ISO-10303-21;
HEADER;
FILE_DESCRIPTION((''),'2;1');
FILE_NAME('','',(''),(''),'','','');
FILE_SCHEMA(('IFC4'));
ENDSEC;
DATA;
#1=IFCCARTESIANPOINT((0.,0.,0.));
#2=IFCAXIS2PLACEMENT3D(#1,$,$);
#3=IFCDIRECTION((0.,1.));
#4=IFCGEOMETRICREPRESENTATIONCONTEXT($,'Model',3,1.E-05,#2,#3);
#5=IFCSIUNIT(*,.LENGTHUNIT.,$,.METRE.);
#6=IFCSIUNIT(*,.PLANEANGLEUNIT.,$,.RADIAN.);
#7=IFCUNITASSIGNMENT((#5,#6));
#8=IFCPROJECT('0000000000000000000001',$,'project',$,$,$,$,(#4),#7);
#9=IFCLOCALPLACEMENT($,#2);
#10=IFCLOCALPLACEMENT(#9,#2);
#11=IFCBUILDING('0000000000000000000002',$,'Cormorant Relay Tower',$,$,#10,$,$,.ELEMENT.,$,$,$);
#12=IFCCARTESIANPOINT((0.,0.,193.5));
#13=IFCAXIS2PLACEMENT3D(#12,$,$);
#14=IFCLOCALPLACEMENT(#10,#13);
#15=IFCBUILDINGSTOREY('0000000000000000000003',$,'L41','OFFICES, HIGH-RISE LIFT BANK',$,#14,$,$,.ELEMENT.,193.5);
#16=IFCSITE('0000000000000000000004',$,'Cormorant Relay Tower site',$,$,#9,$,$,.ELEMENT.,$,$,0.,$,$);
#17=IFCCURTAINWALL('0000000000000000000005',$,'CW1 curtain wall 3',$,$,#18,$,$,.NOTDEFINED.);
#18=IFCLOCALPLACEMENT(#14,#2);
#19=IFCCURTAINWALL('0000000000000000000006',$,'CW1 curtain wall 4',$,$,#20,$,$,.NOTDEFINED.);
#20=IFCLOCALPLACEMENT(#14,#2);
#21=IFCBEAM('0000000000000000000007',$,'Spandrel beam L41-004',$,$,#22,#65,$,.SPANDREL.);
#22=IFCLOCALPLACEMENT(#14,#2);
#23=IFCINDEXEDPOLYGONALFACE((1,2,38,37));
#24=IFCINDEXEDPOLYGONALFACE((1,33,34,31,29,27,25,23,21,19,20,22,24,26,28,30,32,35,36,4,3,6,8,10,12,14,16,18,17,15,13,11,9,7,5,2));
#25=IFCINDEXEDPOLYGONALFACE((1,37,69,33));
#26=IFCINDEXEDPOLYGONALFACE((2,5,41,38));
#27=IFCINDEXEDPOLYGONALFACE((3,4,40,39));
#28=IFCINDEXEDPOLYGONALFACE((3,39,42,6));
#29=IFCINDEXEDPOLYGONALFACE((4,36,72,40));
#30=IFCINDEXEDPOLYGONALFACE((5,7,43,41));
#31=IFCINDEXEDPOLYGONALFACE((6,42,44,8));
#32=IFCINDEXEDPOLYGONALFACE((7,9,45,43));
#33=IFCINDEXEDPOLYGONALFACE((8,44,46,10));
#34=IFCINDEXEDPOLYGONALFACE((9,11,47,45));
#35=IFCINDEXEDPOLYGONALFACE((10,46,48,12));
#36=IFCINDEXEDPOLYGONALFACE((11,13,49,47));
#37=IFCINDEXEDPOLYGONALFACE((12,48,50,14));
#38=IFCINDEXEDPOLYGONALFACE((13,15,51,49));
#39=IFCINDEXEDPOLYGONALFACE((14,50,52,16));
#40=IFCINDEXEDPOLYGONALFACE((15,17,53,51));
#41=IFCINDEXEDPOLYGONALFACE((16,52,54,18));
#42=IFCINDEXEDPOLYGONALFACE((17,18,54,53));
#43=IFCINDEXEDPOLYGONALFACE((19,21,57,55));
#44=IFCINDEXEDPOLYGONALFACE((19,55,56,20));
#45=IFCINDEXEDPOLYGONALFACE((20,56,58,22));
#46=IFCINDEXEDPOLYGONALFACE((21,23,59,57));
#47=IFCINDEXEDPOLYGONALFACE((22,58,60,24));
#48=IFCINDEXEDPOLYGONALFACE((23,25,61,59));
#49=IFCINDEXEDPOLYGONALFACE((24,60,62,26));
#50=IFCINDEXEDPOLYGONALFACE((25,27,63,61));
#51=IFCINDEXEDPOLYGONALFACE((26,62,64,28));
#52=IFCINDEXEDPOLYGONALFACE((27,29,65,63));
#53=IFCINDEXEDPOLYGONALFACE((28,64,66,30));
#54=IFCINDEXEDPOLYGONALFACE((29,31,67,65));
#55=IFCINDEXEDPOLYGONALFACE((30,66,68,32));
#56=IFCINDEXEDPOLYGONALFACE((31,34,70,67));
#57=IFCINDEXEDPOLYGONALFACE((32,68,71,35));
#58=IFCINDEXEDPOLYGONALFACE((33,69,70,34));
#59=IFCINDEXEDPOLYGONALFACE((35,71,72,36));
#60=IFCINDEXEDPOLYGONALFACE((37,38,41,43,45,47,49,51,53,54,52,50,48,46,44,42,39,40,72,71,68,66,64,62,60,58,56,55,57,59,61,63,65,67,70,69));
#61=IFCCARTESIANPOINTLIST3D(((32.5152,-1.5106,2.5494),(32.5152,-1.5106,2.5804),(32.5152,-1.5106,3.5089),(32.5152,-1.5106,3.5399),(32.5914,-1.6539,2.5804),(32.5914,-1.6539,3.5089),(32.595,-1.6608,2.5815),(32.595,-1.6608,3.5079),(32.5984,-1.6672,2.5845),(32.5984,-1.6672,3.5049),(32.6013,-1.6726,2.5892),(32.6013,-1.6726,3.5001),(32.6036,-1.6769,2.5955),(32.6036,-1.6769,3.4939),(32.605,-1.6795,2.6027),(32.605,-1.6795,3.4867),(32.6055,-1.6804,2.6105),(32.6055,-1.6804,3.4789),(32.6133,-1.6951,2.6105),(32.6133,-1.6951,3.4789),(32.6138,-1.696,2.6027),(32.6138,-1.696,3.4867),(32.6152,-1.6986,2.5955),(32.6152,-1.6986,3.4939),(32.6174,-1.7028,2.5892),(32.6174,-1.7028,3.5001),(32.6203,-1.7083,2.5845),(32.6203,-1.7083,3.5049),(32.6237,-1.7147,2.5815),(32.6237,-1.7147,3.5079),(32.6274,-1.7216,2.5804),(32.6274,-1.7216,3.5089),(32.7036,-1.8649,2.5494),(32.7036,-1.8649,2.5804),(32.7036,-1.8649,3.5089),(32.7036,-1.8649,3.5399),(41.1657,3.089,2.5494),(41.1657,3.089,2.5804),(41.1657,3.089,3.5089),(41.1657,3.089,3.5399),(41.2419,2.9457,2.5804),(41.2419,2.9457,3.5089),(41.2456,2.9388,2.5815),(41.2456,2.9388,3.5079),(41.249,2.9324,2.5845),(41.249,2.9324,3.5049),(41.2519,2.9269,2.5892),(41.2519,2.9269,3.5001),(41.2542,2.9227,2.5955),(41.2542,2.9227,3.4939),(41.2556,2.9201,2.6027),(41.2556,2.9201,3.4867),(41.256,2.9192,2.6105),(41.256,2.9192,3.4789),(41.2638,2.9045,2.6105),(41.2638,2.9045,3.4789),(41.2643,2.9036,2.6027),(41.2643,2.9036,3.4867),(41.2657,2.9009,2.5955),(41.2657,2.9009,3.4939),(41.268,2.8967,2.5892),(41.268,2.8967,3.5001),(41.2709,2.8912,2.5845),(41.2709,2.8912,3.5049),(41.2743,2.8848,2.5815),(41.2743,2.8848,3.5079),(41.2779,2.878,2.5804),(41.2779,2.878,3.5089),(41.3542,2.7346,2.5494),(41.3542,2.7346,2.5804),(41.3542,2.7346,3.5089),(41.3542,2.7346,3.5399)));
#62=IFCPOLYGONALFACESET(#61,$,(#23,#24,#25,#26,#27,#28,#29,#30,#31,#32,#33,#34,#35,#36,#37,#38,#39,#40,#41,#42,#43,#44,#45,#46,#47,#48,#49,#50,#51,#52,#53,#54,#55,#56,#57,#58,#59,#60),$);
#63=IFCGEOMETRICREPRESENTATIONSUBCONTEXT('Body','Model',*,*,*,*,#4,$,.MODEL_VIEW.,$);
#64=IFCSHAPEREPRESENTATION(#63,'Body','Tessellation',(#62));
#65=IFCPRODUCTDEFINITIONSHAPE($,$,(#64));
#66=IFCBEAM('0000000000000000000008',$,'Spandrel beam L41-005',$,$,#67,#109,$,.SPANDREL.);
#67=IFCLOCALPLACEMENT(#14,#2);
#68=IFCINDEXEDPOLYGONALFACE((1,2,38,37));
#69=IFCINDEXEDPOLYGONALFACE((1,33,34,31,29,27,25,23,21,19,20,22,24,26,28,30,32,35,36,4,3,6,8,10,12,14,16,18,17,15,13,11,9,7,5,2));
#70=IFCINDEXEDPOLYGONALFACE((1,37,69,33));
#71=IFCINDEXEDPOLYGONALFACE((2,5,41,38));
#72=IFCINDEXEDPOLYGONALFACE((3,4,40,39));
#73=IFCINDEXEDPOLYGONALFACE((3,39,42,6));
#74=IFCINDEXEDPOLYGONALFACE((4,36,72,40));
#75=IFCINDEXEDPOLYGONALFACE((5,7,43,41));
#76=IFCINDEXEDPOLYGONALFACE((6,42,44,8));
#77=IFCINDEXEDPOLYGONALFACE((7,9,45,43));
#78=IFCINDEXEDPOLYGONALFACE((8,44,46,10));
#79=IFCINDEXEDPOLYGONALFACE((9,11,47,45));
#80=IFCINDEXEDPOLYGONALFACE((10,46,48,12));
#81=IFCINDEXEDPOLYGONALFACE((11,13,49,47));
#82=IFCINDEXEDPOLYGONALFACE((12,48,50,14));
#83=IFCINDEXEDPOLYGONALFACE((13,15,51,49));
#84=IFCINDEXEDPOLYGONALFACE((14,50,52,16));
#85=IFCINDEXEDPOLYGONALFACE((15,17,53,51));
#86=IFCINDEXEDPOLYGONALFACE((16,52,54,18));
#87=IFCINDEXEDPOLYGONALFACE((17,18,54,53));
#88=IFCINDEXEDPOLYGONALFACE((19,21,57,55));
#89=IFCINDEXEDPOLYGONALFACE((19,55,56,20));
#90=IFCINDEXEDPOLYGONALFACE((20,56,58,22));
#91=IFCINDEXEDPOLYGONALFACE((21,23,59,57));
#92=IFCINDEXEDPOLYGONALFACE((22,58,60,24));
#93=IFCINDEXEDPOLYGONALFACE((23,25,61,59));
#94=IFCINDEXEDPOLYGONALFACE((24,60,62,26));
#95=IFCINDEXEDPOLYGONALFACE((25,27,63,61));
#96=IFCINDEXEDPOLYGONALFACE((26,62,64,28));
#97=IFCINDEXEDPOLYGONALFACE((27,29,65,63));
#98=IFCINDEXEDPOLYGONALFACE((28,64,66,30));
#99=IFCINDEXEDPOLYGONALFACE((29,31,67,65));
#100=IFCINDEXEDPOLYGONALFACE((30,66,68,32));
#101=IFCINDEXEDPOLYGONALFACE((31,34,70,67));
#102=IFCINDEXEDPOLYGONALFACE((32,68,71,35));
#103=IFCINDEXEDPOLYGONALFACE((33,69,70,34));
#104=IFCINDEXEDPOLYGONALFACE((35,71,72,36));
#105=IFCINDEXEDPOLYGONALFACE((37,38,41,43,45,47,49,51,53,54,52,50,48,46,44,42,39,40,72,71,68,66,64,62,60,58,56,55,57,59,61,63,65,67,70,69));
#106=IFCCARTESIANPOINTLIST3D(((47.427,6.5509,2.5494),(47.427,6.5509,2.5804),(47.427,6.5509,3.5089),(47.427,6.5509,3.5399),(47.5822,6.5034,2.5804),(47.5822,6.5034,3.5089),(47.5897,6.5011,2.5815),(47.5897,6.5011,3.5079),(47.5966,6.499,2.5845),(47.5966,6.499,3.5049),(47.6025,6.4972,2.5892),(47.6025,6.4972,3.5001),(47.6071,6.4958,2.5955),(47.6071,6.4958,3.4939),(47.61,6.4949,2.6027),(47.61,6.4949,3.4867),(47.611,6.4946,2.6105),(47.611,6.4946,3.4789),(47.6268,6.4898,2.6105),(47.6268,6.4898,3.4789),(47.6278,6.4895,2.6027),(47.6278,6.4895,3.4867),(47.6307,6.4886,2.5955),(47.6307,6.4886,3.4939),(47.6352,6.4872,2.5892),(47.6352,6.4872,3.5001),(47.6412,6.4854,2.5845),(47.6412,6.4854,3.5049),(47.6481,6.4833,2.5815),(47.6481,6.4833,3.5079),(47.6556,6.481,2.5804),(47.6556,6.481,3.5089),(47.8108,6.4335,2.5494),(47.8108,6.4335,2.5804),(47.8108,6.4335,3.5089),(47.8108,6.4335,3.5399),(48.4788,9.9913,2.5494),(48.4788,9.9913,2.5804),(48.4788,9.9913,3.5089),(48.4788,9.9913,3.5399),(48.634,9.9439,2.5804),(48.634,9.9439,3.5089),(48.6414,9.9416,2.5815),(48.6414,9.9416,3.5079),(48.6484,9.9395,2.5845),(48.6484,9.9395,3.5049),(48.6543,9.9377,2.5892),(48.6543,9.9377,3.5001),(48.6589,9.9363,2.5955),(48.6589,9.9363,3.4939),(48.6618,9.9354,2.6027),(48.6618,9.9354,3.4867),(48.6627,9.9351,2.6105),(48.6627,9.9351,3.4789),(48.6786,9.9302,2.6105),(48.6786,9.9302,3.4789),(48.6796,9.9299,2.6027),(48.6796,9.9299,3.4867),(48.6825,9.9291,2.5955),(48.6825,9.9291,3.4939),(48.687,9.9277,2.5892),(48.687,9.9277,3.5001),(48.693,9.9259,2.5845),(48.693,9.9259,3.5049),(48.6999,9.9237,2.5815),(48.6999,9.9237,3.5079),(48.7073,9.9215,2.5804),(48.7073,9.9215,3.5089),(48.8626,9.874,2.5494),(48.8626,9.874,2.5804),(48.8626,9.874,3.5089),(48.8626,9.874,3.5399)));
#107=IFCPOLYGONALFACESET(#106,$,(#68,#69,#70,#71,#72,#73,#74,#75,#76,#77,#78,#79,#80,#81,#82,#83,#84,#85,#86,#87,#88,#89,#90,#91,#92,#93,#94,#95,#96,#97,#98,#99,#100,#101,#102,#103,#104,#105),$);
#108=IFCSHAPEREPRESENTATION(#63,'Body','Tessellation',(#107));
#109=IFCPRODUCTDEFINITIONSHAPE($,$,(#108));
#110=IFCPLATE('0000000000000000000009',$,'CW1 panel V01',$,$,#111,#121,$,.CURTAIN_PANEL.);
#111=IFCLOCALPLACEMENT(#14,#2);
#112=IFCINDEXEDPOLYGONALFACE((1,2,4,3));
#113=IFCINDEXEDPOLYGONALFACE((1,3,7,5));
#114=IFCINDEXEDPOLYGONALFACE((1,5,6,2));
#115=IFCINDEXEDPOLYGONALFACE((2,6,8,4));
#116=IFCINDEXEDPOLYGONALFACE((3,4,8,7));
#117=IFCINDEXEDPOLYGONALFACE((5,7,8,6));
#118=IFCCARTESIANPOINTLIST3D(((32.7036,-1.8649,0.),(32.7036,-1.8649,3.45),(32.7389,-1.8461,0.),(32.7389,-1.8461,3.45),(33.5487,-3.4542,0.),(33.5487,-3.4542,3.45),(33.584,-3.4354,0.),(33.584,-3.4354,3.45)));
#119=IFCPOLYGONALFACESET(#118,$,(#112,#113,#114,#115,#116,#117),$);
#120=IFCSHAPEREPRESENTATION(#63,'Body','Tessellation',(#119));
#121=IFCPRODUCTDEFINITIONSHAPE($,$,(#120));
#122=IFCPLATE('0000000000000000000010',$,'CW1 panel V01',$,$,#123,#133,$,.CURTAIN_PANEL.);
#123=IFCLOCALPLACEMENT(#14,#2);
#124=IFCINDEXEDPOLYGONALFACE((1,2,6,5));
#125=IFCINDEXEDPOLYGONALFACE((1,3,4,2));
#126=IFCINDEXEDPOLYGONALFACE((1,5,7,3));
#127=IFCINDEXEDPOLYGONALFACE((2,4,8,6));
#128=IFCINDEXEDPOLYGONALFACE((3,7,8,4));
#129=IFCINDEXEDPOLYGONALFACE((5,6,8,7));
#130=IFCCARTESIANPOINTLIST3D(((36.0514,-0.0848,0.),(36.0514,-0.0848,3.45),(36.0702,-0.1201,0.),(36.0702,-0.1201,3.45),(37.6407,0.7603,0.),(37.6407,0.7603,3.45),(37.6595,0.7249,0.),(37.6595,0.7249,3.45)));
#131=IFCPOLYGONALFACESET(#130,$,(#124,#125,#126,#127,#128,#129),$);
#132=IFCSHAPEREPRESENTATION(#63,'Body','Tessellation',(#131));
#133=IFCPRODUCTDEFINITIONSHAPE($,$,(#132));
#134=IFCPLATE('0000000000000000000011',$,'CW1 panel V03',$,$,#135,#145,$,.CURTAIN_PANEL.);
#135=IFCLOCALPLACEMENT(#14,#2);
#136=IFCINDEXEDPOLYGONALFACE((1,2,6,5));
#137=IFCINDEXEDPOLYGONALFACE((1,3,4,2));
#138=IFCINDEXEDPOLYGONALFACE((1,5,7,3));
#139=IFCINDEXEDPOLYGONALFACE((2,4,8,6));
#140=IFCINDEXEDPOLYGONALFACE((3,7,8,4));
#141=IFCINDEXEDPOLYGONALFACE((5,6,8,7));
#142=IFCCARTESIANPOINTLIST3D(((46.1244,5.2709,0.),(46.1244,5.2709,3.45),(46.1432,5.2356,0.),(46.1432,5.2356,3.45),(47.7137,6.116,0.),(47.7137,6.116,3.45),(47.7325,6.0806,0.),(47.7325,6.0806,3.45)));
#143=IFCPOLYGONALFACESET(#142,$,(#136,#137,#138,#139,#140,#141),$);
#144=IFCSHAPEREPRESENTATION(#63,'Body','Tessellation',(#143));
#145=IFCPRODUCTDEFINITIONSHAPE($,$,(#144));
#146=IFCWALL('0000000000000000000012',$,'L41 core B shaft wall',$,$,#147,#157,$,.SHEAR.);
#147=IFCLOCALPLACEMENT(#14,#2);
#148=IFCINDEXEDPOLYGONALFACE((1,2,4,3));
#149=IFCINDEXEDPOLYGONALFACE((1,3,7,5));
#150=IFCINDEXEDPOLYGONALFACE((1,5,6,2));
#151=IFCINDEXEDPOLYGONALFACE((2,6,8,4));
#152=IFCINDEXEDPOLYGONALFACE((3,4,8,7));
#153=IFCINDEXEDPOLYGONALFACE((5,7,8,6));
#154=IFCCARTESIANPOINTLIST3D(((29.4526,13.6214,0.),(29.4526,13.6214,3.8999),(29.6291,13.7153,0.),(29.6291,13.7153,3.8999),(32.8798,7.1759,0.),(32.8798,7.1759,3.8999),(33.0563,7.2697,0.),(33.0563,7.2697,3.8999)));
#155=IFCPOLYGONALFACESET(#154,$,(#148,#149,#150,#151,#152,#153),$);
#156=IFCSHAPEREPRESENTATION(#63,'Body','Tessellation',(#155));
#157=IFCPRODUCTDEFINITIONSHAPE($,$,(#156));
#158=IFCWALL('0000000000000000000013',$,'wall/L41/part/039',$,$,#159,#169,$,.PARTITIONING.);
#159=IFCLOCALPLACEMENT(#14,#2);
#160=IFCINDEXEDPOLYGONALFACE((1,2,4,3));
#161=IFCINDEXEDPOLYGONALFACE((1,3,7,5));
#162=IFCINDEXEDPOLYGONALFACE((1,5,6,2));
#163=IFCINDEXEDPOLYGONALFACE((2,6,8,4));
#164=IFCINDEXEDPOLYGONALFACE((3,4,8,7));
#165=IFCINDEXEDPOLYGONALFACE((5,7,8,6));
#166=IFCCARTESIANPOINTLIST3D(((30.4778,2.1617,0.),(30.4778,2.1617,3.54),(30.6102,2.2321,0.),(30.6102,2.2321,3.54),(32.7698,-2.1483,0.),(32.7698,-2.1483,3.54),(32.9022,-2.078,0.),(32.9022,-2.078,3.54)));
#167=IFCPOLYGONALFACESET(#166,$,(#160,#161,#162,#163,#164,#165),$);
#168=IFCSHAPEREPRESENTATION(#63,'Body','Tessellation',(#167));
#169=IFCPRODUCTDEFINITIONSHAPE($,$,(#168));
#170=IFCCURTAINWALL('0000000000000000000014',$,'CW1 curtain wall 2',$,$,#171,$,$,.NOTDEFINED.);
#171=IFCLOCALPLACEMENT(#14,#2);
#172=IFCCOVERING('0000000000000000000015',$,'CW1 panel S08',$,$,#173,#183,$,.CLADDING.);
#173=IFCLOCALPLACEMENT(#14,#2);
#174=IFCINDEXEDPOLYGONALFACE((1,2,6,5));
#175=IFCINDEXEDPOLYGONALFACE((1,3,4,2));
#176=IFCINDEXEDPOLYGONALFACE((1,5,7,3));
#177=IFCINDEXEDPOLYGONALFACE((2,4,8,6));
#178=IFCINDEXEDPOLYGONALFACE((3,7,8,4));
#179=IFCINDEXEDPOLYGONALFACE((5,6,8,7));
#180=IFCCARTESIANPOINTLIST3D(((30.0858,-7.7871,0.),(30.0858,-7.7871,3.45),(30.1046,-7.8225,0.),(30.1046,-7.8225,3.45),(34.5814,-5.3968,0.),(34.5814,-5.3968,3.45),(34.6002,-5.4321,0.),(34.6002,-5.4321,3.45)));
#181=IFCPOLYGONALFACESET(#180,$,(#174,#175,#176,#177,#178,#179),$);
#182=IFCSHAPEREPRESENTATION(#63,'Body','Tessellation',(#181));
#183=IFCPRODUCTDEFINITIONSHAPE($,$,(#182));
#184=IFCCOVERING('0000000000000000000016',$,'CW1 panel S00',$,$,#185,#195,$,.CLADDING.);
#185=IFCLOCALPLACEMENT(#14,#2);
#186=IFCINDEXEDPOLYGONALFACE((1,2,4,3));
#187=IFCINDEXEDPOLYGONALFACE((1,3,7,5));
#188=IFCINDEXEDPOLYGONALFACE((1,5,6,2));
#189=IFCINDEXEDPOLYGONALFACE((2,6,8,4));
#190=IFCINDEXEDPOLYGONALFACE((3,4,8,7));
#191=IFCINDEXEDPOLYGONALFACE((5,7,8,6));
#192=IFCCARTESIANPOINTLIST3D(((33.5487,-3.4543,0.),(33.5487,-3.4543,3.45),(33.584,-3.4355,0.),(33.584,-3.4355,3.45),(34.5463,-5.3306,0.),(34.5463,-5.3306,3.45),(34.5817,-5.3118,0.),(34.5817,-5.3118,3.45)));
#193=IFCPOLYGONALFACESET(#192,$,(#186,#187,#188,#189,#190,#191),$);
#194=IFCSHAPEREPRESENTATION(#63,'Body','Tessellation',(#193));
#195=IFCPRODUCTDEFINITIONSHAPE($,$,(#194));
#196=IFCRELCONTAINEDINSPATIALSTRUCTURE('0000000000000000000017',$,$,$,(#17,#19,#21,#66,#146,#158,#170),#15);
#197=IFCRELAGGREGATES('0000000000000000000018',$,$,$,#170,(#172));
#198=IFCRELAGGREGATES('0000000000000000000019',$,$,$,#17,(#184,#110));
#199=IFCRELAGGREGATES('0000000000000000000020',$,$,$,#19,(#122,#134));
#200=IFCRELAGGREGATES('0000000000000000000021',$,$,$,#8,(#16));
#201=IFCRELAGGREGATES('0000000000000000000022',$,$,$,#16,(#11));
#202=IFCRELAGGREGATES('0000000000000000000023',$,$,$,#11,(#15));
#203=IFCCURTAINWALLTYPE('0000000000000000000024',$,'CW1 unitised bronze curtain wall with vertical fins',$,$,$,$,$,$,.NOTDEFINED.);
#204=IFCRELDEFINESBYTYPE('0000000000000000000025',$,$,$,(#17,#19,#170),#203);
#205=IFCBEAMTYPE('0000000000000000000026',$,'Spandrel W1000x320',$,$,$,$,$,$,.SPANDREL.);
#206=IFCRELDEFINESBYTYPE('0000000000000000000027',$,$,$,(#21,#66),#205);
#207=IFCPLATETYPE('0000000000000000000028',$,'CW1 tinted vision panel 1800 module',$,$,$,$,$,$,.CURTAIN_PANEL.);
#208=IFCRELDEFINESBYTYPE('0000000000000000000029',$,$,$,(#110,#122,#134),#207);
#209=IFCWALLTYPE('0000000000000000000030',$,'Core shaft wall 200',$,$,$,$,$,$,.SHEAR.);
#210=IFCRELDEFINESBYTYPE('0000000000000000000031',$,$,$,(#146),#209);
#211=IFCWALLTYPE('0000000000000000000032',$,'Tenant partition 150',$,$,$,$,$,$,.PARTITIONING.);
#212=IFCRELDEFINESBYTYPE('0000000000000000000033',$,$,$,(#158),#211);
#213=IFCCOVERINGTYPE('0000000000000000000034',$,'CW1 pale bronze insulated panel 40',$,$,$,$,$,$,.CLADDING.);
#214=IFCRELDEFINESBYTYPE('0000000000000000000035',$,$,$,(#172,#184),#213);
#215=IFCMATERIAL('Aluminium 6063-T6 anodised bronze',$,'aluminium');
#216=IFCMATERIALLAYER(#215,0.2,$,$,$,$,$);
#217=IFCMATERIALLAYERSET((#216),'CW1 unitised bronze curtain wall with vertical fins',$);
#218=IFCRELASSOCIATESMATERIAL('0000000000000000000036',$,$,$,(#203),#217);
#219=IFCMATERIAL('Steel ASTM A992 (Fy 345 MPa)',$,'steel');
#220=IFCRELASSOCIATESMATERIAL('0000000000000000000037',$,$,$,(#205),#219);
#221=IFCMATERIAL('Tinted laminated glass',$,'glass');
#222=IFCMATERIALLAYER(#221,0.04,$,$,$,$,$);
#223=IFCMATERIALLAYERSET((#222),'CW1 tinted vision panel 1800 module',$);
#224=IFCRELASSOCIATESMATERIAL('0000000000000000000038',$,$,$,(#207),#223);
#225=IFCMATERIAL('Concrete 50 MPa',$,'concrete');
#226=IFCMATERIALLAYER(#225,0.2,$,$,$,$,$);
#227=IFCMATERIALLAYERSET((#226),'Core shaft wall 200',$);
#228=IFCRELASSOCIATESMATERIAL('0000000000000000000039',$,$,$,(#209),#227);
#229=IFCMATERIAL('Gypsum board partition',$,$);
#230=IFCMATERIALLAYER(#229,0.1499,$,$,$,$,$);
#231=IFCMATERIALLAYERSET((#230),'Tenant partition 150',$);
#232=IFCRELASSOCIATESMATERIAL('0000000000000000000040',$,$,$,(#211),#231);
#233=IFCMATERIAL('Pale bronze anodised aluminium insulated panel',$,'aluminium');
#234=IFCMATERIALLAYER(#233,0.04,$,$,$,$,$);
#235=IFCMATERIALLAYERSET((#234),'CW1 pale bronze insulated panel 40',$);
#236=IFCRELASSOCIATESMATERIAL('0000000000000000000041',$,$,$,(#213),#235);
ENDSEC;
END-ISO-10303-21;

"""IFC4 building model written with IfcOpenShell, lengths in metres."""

from ifc_helpers import new_model, si_unit, direction, frame, frame_2d, origin, origin_2d, place, context, subcontext, project, spatial, rectangle, i_section, extrude, material, layer, layer_set, material_profile, profile_set, type_object, element, aggregate, save


model = new_model("IFC4")

# Units and contexts
model_context = context("Model", 3, precision=1e-05, world=origin(), true_north=direction((0.0, 1.0)))
body_context = subcontext(model_context, "Body", "Model", "MODEL_VIEW")
ifc_project = project(units=[si_unit("LENGTHUNIT", "METRE"), si_unit("PLANEANGLEUNIT", "RADIAN")], contexts=[model_context])

# Site, building, storey
site_placement = place(None, origin())
site = spatial("IfcSite", under=ifc_project, at=site_placement, Name="Cormorant Relay Tower site", CompositionType="ELEMENT", RefElevation=0.0)
building_placement = place(site_placement, origin())
building = spatial("IfcBuilding", under=site, at=building_placement, Name="Cormorant Relay Tower", CompositionType="ELEMENT")
storey_placement = place(building_placement, frame((0.0, 0.0, 193.5)))
storey = spatial("IfcBuildingStorey", under=building, at=storey_placement, Name="L41", Description="OFFICES, HIGH-RISE LIFT BANK", CompositionType="ELEMENT", Elevation=193.5)

# Curtain wall
ifc_material_1 = material(Name="Aluminium 6063-T6 anodised bronze", Category="aluminium")
ifc_layer_1 = layer(ifc_material_1, 0.2)
ifc_layer_set_1 = layer_set([ifc_layer_1], Name="CW1 unitised bronze curtain wall with vertical fins")
curtain_wall_type = type_object("IfcCurtainWallType", Name="CW1 unitised bronze curtain wall with vertical fins", PredefinedType="NOTDEFINED", material=ifc_layer_set_1)
curtain_wall_1_placement = place(storey_placement, origin())
curtain_wall_1 = element("IfcCurtainWall", 1, at=curtain_wall_1_placement, inside=storey, type_object=curtain_wall_type, Name="CW1 curtain wall 3", PredefinedType="NOTDEFINED")

# Curtain wall
curtain_wall_2_placement = place(storey_placement, origin())
curtain_wall_2 = element("IfcCurtainWall", 2, at=curtain_wall_2_placement, inside=storey, type_object=curtain_wall_type, Name="CW1 curtain wall 4", PredefinedType="NOTDEFINED")

# Beams
ifc_material_2 = material(Name="Steel ASTM A992 (Fy 345 MPa)", Category="steel")
ifc_material_profile_1 = material_profile(ifc_material_2, i_section(OverallWidth=0.4014, OverallDepth=0.9905, WebThickness=0.0166, FlangeThickness=0.031, FilletRadius=0.03, at=origin_2d()), Name="W1000x320")
ifc_profile_set_1 = profile_set([ifc_material_profile_1], Name="Steel ASTM A992 (Fy 345 MPa)")
beam_type = type_object("IfcBeamType", Name="Spandrel W1000x320", PredefinedType="SPANDREL", material=ifc_profile_set_1)
beam_1_placement = place(storey_placement, frame((32.6094, -1.6877, 3.0447), z_axis=(0.882948, 0.46947, 0.0), x_axis=(-0.46947, 0.882948, 0.0)))
element("IfcBeam", 3, at=beam_1_placement, inside=storey, type_object=beam_type, Name="Spandrel beam L41-004", PredefinedType="SPANDREL", context=body_context, shape_type="SweptSolid", body=[
    extrude(i_section(OverallWidth=0.4014, OverallDepth=0.9905, WebThickness=0.0166, FlangeThickness=0.031, FilletRadius=0.03, at=origin_2d()), origin(), (0.0, 0.0, 1.0), 9.7974),
])
beam_2_placement = place(storey_placement, frame((47.6189, 6.4922, 3.0447), z_axis=(0.29235, 0.956312, 0.0), x_axis=(-0.956312, 0.29235, 0.0)))
element("IfcBeam", 4, at=beam_2_placement, inside=storey, type_object=beam_type, Name="Spandrel beam L41-005", PredefinedType="SPANDREL", context=body_context, shape_type="SweptSolid", body=[
    extrude(i_section(OverallWidth=0.4014, OverallDepth=0.9905, WebThickness=0.0166, FlangeThickness=0.031, FilletRadius=0.03, at=origin_2d()), origin(), (0.0, 0.0, 1.0), 3.5977),
])

# Plates
ifc_material_3 = material(Name="Tinted laminated glass", Category="glass")
ifc_layer_2 = layer(ifc_material_3, 0.04)
ifc_layer_set_2 = layer_set([ifc_layer_2], Name="CW1 tinted vision panel 1800 module")
plate_type = type_object("IfcPlateType", Name="CW1 tinted vision panel 1800 module", PredefinedType="CURTAIN_PANEL", material=ifc_layer_set_2)
plate_1_placement = place(storey_placement, frame((33.1438, -2.6501, 0.0), z_axis=(0.0, 0.0, 1.0), x_axis=(-0.469472, 0.882948, 0.0)))
plate_1 = element("IfcPlate", 5, at=plate_1_placement, type_object=plate_type, Name="CW1 panel V01", PredefinedType="CURTAIN_PANEL", context=body_context, shape_type="SweptSolid", body=[
    extrude(rectangle(XDim=1.8, YDim=0.04, at=origin_2d()), origin(), (0.0, 0.0, 1.0), 3.45),
])
plate_2_placement = place(storey_placement, frame((36.8555, 0.3201, 0.0), z_axis=(0.0, 0.0, 1.0), x_axis=(0.882948, 0.469472, 0.0)))
plate_2 = element("IfcPlate", 6, at=plate_2_placement, type_object=plate_type, Name="CW1 panel V01", PredefinedType="CURTAIN_PANEL", context=body_context, shape_type="SweptSolid", body=[
    extrude(rectangle(XDim=1.8, YDim=0.04, at=origin_2d()), origin(), (0.0, 0.0, 1.0), 3.45),
])
plate_3_placement = place(storey_placement, frame((46.9285, 5.6758, 0.0), z_axis=(0.0, 0.0, 1.0), x_axis=(0.882948, 0.469472, 0.0)))
plate_3 = element("IfcPlate", 7, at=plate_3_placement, type_object=plate_type, Name="CW1 panel V03", PredefinedType="CURTAIN_PANEL", context=body_context, shape_type="SweptSolid", body=[
    extrude(rectangle(XDim=1.8, YDim=0.04, at=origin_2d()), origin(), (0.0, 0.0, 1.0), 3.45),
])

# Walls
ifc_material_4 = material(Name="Concrete 50 MPa", Category="concrete")
ifc_layer_3 = layer(ifc_material_4, 0.2)
ifc_layer_set_3 = layer_set([ifc_layer_3], Name="Core shaft wall 200")
wall_type_1 = type_object("IfcWallType", Name="Core shaft wall 200", PredefinedType="SHEAR", material=ifc_layer_set_3)
wall_1_placement = place(storey_placement, frame((32.968, 7.2229, 0.0), z_axis=(0.0, 0.0, 1.0), x_axis=(-0.46948, 0.882943, 0.0)))
element("IfcWall", 8, at=wall_1_placement, inside=storey, type_object=wall_type_1, Name="L41 core B shaft wall", PredefinedType="SHEAR", context=body_context, shape_type="SweptSolid", body=[
    extrude(rectangle(XDim=7.3, YDim=0.2, at=frame_2d((3.6499, 0.0))), origin(), (0.0, 0.0, 1.0), 3.8999),
])
ifc_material_5 = material(Name="Gypsum board partition")
ifc_layer_4 = layer(ifc_material_5, 0.1499)
ifc_layer_set_4 = layer_set([ifc_layer_4], Name="Tenant partition 150")
wall_type_2 = type_object("IfcWallType", Name="Tenant partition 150", PredefinedType="PARTITIONING", material=ifc_layer_set_4)
wall_2_placement = place(storey_placement, frame((30.5439, 2.197, 0.0), z_axis=(0.0, 0.0, 1.0), x_axis=(0.469518, -0.882923, 0.0)))
element("IfcWall", 9, at=wall_2_placement, inside=storey, type_object=wall_type_2, Name="wall/L41/part/039", PredefinedType="PARTITIONING", context=body_context, shape_type="SweptSolid", body=[
    extrude(rectangle(XDim=4.8816, YDim=0.1499, at=frame_2d((2.4409, 0.0))), origin(), (0.0, 0.0, 1.0), 3.54),
])

# Curtain wall, covering
curtain_wall_3_placement = place(storey_placement, origin())
curtain_wall_3 = element("IfcCurtainWall", 10, at=curtain_wall_3_placement, inside=storey, type_object=curtain_wall_type, Name="CW1 curtain wall 2", PredefinedType="NOTDEFINED")
ifc_material_6 = material(Name="Pale bronze anodised aluminium insulated panel", Category="aluminium")
ifc_layer_5 = layer(ifc_material_6, 0.04)
ifc_layer_set_5 = layer_set([ifc_layer_5], Name="CW1 pale bronze insulated panel 40")
covering_type = type_object("IfcCoveringType", Name="CW1 pale bronze insulated panel 40", PredefinedType="CLADDING", material=ifc_layer_set_5)
covering_1_placement = place(storey_placement, frame((32.343, -6.6096, 0.0), z_axis=(0.0, 0.0, 1.0), x_axis=(0.882948, 0.469472, 0.0)))
covering_1 = element("IfcCovering", 11, at=covering_1_placement, type_object=covering_type, Name="CW1 panel S08", PredefinedType="CLADDING", context=body_context, shape_type="SweptSolid", body=[
    extrude(rectangle(XDim=5.0916, YDim=0.04, at=origin_2d()), origin(), (0.0, 0.0, 1.0), 3.45),
])
aggregate(curtain_wall_3, [covering_1])

# Covering
covering_2_placement = place(storey_placement, frame((34.0652, -4.3831, 0.0), z_axis=(0.0, 0.0, 1.0), x_axis=(-0.469472, 0.882948, 0.0)))
covering_2 = element("IfcCovering", 12, at=covering_2_placement, type_object=covering_type, Name="CW1 panel S00", PredefinedType="CLADDING", context=body_context, shape_type="SweptSolid", body=[
    extrude(rectangle(XDim=2.125, YDim=0.04, at=origin_2d()), origin(), (0.0, 0.0, 1.0), 3.45),
])
aggregate(curtain_wall_1, [covering_2, plate_1])
aggregate(curtain_wall_2, [plate_2, plate_3])

save(model, "model.ifc")
